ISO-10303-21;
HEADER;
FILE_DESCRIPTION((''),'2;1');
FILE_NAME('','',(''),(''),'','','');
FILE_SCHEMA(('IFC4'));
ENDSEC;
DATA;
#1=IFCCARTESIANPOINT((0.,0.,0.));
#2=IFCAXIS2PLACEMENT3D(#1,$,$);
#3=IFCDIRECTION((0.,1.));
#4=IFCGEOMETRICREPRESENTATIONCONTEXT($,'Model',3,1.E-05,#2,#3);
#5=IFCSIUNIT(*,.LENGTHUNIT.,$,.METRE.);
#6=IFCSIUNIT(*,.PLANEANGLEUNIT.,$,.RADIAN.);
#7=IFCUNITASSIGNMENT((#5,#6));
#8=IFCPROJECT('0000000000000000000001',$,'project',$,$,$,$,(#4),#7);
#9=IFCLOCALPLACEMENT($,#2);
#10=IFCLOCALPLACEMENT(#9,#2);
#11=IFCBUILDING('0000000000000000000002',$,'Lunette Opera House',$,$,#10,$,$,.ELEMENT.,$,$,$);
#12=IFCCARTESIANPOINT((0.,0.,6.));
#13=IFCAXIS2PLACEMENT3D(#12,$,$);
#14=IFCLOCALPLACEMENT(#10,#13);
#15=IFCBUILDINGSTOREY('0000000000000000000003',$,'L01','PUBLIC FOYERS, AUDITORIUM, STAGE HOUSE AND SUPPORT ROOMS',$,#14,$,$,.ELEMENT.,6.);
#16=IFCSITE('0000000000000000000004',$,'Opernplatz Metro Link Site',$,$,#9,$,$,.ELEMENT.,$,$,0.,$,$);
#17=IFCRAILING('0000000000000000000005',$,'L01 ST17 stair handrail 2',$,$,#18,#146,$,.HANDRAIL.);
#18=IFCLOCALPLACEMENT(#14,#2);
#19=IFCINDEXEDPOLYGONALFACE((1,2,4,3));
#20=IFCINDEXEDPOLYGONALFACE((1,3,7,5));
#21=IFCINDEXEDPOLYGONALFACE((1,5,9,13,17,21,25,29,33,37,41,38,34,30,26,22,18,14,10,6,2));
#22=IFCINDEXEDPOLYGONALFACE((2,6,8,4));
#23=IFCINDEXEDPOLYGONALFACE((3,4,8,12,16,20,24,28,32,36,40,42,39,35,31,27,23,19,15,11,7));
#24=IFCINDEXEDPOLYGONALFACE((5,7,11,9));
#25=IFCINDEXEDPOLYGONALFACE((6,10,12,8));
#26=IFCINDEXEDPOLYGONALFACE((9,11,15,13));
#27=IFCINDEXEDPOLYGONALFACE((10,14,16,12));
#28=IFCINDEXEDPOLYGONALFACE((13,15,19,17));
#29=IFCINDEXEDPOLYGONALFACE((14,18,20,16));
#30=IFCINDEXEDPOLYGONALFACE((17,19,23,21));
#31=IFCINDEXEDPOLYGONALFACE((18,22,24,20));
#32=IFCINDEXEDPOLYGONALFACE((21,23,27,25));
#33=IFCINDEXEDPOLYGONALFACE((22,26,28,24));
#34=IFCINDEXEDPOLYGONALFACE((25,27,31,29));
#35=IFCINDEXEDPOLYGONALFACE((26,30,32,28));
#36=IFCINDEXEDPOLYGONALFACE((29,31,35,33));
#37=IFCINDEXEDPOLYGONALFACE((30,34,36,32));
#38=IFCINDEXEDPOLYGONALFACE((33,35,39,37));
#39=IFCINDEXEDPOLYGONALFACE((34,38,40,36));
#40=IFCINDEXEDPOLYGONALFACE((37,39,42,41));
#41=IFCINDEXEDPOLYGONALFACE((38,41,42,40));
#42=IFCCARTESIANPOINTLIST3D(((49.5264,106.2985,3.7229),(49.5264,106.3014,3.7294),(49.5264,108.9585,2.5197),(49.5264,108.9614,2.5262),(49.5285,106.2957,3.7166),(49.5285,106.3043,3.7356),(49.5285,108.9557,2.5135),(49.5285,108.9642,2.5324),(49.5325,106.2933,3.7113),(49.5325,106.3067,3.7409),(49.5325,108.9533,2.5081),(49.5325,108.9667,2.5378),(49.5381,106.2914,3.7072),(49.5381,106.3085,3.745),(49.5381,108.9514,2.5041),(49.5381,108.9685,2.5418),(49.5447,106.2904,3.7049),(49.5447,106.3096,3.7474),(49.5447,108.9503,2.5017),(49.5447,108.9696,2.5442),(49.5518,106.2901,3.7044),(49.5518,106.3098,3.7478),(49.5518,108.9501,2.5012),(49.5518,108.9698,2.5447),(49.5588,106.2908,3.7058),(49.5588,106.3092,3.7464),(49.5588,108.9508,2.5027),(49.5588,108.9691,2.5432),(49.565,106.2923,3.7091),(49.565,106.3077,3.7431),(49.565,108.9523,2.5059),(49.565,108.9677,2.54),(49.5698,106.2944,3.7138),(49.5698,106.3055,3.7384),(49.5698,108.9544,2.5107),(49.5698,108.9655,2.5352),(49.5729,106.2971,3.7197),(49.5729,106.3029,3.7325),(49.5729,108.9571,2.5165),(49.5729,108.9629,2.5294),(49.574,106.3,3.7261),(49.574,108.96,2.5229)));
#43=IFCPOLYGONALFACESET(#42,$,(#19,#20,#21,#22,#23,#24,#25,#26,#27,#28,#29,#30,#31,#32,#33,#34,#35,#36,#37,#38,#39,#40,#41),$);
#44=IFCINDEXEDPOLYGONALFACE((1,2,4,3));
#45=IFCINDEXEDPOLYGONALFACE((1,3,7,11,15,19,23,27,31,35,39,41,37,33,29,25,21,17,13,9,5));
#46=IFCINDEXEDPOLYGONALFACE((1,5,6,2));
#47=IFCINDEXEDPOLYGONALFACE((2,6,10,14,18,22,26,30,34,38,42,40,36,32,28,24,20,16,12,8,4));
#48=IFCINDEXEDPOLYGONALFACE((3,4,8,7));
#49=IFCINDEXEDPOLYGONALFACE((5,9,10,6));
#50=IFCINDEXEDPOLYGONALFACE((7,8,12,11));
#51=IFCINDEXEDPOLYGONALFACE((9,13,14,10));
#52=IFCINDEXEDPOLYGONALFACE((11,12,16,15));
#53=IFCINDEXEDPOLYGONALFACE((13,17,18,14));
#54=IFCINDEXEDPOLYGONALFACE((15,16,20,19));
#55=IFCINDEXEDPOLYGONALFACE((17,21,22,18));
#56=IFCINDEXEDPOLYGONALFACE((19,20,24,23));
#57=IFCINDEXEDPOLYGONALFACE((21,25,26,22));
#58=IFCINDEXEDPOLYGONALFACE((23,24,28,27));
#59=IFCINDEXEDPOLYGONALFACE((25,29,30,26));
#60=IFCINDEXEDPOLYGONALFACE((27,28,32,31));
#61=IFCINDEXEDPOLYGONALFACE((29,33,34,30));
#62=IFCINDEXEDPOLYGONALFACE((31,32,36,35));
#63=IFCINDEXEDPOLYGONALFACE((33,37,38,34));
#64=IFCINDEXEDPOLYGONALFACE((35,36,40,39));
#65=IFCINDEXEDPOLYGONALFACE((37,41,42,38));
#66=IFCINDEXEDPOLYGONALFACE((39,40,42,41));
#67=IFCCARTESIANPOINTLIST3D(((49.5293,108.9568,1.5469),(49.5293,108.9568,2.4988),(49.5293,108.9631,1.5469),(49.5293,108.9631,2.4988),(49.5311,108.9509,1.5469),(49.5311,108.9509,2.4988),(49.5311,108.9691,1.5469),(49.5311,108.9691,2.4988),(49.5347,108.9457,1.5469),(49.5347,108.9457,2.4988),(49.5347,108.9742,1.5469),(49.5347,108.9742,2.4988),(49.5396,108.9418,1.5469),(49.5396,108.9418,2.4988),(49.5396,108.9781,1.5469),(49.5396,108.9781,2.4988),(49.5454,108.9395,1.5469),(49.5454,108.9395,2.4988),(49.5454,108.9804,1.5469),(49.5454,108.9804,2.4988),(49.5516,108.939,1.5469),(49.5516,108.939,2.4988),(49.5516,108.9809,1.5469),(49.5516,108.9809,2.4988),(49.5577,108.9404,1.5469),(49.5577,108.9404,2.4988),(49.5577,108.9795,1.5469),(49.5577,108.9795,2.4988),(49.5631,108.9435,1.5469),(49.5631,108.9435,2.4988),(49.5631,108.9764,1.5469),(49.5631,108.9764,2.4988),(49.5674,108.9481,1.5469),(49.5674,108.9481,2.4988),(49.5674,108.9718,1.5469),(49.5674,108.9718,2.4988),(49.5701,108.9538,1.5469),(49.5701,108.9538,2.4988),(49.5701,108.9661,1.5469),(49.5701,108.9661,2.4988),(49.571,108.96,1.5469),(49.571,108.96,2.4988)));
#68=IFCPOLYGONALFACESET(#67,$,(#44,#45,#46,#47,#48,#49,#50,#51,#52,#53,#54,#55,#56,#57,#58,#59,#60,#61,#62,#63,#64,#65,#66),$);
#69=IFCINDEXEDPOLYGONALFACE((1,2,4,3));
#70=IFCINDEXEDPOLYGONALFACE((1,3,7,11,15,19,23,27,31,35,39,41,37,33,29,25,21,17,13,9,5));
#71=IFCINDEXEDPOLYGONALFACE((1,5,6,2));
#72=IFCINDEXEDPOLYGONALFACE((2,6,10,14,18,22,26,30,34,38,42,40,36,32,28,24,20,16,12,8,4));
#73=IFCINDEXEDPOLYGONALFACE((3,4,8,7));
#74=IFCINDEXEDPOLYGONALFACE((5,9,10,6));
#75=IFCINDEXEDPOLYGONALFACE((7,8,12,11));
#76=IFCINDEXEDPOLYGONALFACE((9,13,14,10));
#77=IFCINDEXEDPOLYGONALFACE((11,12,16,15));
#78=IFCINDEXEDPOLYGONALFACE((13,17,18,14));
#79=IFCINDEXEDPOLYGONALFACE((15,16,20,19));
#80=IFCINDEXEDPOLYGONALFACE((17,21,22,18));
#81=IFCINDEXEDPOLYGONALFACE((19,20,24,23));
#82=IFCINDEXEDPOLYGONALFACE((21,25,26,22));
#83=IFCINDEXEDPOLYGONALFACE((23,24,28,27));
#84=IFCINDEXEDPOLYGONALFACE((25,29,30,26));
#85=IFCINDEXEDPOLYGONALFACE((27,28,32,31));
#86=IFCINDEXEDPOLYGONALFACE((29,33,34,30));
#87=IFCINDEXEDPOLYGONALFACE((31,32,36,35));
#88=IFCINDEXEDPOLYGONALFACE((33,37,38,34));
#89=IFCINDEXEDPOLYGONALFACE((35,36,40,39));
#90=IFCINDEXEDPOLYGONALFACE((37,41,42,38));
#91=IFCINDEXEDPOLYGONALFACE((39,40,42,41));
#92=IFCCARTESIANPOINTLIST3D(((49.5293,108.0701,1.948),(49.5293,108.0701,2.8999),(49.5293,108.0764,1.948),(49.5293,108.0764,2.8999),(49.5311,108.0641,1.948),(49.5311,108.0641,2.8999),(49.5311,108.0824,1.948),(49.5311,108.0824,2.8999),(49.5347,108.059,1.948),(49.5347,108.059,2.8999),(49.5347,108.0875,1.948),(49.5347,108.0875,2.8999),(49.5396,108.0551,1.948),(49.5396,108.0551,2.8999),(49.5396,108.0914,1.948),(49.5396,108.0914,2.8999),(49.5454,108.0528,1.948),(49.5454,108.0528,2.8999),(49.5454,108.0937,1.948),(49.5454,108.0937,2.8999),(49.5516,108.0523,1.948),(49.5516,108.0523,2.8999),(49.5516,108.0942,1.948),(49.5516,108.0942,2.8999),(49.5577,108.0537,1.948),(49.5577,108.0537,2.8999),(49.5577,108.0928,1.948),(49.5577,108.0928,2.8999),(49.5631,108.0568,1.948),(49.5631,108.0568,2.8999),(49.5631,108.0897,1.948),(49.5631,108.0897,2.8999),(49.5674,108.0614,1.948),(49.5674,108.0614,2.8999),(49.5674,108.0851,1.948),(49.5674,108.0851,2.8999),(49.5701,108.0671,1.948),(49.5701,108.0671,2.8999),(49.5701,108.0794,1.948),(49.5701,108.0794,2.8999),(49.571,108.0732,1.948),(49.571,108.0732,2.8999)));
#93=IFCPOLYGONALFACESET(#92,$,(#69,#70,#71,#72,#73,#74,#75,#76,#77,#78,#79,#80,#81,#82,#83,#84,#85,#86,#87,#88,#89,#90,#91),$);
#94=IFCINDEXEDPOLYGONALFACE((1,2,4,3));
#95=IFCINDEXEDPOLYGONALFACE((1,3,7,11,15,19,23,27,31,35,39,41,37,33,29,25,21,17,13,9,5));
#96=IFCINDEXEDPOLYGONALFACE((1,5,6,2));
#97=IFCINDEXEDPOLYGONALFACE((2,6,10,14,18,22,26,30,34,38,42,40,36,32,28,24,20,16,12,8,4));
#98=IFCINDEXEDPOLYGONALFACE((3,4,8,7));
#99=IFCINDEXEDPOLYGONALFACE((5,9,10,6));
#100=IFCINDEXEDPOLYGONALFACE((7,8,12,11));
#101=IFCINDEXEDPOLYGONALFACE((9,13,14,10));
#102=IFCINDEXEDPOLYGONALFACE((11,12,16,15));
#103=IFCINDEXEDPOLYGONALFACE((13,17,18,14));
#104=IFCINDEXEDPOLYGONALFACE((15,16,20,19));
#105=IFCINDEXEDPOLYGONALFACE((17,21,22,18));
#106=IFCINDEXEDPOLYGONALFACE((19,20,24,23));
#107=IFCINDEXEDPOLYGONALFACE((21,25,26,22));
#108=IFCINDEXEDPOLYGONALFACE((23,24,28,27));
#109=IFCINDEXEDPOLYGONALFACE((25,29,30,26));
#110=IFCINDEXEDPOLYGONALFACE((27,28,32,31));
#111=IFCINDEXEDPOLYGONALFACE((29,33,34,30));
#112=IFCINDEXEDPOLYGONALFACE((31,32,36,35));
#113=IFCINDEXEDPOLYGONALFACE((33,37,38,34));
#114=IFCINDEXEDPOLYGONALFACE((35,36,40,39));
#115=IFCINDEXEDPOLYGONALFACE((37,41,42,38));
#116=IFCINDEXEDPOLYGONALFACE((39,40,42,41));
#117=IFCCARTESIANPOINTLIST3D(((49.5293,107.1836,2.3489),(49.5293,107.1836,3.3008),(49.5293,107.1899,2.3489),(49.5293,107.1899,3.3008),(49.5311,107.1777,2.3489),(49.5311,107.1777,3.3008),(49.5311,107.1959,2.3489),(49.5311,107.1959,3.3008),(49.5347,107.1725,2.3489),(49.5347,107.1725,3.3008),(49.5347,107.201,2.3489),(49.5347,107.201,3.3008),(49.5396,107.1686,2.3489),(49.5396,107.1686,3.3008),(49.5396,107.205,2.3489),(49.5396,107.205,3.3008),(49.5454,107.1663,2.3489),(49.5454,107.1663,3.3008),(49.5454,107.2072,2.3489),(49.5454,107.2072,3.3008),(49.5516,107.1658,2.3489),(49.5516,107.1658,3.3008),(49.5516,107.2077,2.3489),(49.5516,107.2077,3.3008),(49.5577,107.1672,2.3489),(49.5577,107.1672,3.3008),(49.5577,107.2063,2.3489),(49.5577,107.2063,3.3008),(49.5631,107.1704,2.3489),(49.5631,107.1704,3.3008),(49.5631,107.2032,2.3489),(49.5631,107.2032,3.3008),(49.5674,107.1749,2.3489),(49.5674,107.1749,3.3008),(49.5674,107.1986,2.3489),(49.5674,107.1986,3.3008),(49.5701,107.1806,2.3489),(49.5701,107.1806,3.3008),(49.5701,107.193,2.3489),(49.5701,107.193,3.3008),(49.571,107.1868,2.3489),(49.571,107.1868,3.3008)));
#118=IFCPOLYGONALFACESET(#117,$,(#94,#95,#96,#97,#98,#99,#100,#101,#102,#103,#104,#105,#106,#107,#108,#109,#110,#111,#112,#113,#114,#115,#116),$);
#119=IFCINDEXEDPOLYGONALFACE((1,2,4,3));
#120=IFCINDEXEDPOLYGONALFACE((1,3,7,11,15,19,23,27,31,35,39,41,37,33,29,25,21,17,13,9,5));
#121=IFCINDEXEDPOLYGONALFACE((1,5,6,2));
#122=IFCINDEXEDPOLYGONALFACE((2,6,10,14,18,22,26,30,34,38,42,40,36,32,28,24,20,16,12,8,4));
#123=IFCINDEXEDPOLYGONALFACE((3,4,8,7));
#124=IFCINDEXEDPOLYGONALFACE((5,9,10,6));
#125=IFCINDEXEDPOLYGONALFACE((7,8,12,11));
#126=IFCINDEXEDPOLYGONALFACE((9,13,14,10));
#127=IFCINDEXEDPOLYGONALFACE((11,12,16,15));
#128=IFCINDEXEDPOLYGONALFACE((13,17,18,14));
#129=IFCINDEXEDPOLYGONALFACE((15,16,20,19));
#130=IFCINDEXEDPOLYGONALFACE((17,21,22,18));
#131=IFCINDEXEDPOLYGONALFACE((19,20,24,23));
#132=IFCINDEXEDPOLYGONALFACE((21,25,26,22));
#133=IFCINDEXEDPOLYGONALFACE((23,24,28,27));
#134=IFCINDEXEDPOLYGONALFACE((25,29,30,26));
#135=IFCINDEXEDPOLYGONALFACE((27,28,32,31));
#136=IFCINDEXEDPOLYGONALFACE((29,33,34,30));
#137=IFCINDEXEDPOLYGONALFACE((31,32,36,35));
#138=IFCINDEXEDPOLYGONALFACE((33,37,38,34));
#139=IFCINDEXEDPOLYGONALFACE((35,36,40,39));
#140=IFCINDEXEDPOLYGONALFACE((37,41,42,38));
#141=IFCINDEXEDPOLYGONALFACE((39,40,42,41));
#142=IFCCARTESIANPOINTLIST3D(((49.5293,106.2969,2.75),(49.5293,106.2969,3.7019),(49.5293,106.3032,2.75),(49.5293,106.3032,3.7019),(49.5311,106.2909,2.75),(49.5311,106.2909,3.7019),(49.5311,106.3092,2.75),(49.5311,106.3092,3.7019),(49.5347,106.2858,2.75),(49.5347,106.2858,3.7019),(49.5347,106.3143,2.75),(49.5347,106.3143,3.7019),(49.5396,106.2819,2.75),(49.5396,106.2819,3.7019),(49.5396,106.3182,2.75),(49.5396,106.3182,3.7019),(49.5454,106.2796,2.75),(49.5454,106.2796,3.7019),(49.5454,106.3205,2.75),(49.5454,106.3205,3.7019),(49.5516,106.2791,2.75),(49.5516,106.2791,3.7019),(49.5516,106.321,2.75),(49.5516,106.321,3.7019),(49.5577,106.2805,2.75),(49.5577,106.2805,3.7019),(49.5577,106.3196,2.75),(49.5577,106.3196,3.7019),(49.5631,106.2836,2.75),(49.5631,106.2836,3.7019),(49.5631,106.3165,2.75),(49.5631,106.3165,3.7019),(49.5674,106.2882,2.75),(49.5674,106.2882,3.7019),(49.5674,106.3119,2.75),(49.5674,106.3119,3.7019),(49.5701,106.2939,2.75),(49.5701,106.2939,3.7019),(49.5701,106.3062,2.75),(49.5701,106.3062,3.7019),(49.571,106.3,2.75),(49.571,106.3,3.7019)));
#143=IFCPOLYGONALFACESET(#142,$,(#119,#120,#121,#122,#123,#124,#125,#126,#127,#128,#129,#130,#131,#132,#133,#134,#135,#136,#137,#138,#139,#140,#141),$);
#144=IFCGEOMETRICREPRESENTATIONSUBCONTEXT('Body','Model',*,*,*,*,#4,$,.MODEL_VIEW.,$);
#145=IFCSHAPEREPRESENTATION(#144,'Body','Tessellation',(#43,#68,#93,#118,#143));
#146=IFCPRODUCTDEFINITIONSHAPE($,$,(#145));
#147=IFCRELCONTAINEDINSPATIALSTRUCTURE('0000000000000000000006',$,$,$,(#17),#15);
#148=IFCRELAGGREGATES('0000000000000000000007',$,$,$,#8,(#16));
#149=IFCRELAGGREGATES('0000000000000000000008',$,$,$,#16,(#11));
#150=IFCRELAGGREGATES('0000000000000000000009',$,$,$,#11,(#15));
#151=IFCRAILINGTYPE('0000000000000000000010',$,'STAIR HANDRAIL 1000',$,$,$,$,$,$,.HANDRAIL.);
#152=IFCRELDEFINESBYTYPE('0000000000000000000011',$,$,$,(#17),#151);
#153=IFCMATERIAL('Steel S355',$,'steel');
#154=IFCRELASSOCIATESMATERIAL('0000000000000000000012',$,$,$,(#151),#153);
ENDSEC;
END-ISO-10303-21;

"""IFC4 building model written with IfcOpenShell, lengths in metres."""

from ifc_helpers import new_model, si_unit, direction, frame, origin, origin_2d, place, context, subcontext, project, spatial, circle, extrude, material, type_object, element, save


model = new_model("IFC4")

# Units and contexts
model_context = context("Model", 3, precision=1e-05, world=origin(), true_north=direction((0.0, 1.0)))
body_context = subcontext(model_context, "Body", "Model", "MODEL_VIEW")
ifc_project = project(units=[si_unit("LENGTHUNIT", "METRE"), si_unit("PLANEANGLEUNIT", "RADIAN")], contexts=[model_context])

# Site, building, storey
site_placement = place(None, origin())
site = spatial("IfcSite", under=ifc_project, at=site_placement, Name="Opernplatz Metro Link Site", CompositionType="ELEMENT", RefElevation=0.0)
building_placement = place(site_placement, origin())
building = spatial("IfcBuilding", under=site, at=building_placement, Name="Lunette Opera House", CompositionType="ELEMENT")
storey_placement = place(building_placement, frame((0.0, 0.0, 6.0)))
storey = spatial("IfcBuildingStorey", under=building, at=storey_placement, Name="L01", Description="PUBLIC FOYERS, AUDITORIUM, STAGE HOUSE AND SUPPORT ROOMS", CompositionType="ELEMENT", Elevation=6.0)

# Railing
ifc_material_1 = material(Name="Steel S355", Category="steel")
railing_type_1 = type_object("IfcRailingType", Name="STAIR HANDRAIL 1000", PredefinedType="HANDRAIL", material=ifc_material_1)
railing_1_placement = place(storey_placement, frame((49.55, 108.96, 1.5469)))
element("IfcRailing", 1, at=railing_1_placement, inside=storey, type_object=railing_type_1, Name="L01 ST17 stair handrail 2", PredefinedType="HANDRAIL", context=body_context, shape_type="SweptSolid", body=[
    extrude(circle(Radius=0.0239, at=origin_2d()), frame((0.0, 0.0, 0.9761), z_axis=(0.0, -0.91113, 0.41212), x_axis=(1.0, 0.0, 0.0)), (0.0, 0.0, 1.0), 2.9194),
    extrude(circle(Radius=0.021, at=origin_2d()), origin(), (0.0, 0.0, 1.0), 0.9519),
    extrude(circle(Radius=0.021, at=origin_2d()), frame((0.0, -0.8867, 0.4011)), (0.0, 0.0, 1.0), 0.9519),
    extrude(circle(Radius=0.021, at=origin_2d()), frame((0.0, -1.7732, 0.802)), (0.0, 0.0, 1.0), 0.9519),
    extrude(circle(Radius=0.021, at=origin_2d()), frame((0.0, -2.6599, 1.2031)), (0.0, 0.0, 1.0), 0.9519),
])

save(model, "model.ifc")
